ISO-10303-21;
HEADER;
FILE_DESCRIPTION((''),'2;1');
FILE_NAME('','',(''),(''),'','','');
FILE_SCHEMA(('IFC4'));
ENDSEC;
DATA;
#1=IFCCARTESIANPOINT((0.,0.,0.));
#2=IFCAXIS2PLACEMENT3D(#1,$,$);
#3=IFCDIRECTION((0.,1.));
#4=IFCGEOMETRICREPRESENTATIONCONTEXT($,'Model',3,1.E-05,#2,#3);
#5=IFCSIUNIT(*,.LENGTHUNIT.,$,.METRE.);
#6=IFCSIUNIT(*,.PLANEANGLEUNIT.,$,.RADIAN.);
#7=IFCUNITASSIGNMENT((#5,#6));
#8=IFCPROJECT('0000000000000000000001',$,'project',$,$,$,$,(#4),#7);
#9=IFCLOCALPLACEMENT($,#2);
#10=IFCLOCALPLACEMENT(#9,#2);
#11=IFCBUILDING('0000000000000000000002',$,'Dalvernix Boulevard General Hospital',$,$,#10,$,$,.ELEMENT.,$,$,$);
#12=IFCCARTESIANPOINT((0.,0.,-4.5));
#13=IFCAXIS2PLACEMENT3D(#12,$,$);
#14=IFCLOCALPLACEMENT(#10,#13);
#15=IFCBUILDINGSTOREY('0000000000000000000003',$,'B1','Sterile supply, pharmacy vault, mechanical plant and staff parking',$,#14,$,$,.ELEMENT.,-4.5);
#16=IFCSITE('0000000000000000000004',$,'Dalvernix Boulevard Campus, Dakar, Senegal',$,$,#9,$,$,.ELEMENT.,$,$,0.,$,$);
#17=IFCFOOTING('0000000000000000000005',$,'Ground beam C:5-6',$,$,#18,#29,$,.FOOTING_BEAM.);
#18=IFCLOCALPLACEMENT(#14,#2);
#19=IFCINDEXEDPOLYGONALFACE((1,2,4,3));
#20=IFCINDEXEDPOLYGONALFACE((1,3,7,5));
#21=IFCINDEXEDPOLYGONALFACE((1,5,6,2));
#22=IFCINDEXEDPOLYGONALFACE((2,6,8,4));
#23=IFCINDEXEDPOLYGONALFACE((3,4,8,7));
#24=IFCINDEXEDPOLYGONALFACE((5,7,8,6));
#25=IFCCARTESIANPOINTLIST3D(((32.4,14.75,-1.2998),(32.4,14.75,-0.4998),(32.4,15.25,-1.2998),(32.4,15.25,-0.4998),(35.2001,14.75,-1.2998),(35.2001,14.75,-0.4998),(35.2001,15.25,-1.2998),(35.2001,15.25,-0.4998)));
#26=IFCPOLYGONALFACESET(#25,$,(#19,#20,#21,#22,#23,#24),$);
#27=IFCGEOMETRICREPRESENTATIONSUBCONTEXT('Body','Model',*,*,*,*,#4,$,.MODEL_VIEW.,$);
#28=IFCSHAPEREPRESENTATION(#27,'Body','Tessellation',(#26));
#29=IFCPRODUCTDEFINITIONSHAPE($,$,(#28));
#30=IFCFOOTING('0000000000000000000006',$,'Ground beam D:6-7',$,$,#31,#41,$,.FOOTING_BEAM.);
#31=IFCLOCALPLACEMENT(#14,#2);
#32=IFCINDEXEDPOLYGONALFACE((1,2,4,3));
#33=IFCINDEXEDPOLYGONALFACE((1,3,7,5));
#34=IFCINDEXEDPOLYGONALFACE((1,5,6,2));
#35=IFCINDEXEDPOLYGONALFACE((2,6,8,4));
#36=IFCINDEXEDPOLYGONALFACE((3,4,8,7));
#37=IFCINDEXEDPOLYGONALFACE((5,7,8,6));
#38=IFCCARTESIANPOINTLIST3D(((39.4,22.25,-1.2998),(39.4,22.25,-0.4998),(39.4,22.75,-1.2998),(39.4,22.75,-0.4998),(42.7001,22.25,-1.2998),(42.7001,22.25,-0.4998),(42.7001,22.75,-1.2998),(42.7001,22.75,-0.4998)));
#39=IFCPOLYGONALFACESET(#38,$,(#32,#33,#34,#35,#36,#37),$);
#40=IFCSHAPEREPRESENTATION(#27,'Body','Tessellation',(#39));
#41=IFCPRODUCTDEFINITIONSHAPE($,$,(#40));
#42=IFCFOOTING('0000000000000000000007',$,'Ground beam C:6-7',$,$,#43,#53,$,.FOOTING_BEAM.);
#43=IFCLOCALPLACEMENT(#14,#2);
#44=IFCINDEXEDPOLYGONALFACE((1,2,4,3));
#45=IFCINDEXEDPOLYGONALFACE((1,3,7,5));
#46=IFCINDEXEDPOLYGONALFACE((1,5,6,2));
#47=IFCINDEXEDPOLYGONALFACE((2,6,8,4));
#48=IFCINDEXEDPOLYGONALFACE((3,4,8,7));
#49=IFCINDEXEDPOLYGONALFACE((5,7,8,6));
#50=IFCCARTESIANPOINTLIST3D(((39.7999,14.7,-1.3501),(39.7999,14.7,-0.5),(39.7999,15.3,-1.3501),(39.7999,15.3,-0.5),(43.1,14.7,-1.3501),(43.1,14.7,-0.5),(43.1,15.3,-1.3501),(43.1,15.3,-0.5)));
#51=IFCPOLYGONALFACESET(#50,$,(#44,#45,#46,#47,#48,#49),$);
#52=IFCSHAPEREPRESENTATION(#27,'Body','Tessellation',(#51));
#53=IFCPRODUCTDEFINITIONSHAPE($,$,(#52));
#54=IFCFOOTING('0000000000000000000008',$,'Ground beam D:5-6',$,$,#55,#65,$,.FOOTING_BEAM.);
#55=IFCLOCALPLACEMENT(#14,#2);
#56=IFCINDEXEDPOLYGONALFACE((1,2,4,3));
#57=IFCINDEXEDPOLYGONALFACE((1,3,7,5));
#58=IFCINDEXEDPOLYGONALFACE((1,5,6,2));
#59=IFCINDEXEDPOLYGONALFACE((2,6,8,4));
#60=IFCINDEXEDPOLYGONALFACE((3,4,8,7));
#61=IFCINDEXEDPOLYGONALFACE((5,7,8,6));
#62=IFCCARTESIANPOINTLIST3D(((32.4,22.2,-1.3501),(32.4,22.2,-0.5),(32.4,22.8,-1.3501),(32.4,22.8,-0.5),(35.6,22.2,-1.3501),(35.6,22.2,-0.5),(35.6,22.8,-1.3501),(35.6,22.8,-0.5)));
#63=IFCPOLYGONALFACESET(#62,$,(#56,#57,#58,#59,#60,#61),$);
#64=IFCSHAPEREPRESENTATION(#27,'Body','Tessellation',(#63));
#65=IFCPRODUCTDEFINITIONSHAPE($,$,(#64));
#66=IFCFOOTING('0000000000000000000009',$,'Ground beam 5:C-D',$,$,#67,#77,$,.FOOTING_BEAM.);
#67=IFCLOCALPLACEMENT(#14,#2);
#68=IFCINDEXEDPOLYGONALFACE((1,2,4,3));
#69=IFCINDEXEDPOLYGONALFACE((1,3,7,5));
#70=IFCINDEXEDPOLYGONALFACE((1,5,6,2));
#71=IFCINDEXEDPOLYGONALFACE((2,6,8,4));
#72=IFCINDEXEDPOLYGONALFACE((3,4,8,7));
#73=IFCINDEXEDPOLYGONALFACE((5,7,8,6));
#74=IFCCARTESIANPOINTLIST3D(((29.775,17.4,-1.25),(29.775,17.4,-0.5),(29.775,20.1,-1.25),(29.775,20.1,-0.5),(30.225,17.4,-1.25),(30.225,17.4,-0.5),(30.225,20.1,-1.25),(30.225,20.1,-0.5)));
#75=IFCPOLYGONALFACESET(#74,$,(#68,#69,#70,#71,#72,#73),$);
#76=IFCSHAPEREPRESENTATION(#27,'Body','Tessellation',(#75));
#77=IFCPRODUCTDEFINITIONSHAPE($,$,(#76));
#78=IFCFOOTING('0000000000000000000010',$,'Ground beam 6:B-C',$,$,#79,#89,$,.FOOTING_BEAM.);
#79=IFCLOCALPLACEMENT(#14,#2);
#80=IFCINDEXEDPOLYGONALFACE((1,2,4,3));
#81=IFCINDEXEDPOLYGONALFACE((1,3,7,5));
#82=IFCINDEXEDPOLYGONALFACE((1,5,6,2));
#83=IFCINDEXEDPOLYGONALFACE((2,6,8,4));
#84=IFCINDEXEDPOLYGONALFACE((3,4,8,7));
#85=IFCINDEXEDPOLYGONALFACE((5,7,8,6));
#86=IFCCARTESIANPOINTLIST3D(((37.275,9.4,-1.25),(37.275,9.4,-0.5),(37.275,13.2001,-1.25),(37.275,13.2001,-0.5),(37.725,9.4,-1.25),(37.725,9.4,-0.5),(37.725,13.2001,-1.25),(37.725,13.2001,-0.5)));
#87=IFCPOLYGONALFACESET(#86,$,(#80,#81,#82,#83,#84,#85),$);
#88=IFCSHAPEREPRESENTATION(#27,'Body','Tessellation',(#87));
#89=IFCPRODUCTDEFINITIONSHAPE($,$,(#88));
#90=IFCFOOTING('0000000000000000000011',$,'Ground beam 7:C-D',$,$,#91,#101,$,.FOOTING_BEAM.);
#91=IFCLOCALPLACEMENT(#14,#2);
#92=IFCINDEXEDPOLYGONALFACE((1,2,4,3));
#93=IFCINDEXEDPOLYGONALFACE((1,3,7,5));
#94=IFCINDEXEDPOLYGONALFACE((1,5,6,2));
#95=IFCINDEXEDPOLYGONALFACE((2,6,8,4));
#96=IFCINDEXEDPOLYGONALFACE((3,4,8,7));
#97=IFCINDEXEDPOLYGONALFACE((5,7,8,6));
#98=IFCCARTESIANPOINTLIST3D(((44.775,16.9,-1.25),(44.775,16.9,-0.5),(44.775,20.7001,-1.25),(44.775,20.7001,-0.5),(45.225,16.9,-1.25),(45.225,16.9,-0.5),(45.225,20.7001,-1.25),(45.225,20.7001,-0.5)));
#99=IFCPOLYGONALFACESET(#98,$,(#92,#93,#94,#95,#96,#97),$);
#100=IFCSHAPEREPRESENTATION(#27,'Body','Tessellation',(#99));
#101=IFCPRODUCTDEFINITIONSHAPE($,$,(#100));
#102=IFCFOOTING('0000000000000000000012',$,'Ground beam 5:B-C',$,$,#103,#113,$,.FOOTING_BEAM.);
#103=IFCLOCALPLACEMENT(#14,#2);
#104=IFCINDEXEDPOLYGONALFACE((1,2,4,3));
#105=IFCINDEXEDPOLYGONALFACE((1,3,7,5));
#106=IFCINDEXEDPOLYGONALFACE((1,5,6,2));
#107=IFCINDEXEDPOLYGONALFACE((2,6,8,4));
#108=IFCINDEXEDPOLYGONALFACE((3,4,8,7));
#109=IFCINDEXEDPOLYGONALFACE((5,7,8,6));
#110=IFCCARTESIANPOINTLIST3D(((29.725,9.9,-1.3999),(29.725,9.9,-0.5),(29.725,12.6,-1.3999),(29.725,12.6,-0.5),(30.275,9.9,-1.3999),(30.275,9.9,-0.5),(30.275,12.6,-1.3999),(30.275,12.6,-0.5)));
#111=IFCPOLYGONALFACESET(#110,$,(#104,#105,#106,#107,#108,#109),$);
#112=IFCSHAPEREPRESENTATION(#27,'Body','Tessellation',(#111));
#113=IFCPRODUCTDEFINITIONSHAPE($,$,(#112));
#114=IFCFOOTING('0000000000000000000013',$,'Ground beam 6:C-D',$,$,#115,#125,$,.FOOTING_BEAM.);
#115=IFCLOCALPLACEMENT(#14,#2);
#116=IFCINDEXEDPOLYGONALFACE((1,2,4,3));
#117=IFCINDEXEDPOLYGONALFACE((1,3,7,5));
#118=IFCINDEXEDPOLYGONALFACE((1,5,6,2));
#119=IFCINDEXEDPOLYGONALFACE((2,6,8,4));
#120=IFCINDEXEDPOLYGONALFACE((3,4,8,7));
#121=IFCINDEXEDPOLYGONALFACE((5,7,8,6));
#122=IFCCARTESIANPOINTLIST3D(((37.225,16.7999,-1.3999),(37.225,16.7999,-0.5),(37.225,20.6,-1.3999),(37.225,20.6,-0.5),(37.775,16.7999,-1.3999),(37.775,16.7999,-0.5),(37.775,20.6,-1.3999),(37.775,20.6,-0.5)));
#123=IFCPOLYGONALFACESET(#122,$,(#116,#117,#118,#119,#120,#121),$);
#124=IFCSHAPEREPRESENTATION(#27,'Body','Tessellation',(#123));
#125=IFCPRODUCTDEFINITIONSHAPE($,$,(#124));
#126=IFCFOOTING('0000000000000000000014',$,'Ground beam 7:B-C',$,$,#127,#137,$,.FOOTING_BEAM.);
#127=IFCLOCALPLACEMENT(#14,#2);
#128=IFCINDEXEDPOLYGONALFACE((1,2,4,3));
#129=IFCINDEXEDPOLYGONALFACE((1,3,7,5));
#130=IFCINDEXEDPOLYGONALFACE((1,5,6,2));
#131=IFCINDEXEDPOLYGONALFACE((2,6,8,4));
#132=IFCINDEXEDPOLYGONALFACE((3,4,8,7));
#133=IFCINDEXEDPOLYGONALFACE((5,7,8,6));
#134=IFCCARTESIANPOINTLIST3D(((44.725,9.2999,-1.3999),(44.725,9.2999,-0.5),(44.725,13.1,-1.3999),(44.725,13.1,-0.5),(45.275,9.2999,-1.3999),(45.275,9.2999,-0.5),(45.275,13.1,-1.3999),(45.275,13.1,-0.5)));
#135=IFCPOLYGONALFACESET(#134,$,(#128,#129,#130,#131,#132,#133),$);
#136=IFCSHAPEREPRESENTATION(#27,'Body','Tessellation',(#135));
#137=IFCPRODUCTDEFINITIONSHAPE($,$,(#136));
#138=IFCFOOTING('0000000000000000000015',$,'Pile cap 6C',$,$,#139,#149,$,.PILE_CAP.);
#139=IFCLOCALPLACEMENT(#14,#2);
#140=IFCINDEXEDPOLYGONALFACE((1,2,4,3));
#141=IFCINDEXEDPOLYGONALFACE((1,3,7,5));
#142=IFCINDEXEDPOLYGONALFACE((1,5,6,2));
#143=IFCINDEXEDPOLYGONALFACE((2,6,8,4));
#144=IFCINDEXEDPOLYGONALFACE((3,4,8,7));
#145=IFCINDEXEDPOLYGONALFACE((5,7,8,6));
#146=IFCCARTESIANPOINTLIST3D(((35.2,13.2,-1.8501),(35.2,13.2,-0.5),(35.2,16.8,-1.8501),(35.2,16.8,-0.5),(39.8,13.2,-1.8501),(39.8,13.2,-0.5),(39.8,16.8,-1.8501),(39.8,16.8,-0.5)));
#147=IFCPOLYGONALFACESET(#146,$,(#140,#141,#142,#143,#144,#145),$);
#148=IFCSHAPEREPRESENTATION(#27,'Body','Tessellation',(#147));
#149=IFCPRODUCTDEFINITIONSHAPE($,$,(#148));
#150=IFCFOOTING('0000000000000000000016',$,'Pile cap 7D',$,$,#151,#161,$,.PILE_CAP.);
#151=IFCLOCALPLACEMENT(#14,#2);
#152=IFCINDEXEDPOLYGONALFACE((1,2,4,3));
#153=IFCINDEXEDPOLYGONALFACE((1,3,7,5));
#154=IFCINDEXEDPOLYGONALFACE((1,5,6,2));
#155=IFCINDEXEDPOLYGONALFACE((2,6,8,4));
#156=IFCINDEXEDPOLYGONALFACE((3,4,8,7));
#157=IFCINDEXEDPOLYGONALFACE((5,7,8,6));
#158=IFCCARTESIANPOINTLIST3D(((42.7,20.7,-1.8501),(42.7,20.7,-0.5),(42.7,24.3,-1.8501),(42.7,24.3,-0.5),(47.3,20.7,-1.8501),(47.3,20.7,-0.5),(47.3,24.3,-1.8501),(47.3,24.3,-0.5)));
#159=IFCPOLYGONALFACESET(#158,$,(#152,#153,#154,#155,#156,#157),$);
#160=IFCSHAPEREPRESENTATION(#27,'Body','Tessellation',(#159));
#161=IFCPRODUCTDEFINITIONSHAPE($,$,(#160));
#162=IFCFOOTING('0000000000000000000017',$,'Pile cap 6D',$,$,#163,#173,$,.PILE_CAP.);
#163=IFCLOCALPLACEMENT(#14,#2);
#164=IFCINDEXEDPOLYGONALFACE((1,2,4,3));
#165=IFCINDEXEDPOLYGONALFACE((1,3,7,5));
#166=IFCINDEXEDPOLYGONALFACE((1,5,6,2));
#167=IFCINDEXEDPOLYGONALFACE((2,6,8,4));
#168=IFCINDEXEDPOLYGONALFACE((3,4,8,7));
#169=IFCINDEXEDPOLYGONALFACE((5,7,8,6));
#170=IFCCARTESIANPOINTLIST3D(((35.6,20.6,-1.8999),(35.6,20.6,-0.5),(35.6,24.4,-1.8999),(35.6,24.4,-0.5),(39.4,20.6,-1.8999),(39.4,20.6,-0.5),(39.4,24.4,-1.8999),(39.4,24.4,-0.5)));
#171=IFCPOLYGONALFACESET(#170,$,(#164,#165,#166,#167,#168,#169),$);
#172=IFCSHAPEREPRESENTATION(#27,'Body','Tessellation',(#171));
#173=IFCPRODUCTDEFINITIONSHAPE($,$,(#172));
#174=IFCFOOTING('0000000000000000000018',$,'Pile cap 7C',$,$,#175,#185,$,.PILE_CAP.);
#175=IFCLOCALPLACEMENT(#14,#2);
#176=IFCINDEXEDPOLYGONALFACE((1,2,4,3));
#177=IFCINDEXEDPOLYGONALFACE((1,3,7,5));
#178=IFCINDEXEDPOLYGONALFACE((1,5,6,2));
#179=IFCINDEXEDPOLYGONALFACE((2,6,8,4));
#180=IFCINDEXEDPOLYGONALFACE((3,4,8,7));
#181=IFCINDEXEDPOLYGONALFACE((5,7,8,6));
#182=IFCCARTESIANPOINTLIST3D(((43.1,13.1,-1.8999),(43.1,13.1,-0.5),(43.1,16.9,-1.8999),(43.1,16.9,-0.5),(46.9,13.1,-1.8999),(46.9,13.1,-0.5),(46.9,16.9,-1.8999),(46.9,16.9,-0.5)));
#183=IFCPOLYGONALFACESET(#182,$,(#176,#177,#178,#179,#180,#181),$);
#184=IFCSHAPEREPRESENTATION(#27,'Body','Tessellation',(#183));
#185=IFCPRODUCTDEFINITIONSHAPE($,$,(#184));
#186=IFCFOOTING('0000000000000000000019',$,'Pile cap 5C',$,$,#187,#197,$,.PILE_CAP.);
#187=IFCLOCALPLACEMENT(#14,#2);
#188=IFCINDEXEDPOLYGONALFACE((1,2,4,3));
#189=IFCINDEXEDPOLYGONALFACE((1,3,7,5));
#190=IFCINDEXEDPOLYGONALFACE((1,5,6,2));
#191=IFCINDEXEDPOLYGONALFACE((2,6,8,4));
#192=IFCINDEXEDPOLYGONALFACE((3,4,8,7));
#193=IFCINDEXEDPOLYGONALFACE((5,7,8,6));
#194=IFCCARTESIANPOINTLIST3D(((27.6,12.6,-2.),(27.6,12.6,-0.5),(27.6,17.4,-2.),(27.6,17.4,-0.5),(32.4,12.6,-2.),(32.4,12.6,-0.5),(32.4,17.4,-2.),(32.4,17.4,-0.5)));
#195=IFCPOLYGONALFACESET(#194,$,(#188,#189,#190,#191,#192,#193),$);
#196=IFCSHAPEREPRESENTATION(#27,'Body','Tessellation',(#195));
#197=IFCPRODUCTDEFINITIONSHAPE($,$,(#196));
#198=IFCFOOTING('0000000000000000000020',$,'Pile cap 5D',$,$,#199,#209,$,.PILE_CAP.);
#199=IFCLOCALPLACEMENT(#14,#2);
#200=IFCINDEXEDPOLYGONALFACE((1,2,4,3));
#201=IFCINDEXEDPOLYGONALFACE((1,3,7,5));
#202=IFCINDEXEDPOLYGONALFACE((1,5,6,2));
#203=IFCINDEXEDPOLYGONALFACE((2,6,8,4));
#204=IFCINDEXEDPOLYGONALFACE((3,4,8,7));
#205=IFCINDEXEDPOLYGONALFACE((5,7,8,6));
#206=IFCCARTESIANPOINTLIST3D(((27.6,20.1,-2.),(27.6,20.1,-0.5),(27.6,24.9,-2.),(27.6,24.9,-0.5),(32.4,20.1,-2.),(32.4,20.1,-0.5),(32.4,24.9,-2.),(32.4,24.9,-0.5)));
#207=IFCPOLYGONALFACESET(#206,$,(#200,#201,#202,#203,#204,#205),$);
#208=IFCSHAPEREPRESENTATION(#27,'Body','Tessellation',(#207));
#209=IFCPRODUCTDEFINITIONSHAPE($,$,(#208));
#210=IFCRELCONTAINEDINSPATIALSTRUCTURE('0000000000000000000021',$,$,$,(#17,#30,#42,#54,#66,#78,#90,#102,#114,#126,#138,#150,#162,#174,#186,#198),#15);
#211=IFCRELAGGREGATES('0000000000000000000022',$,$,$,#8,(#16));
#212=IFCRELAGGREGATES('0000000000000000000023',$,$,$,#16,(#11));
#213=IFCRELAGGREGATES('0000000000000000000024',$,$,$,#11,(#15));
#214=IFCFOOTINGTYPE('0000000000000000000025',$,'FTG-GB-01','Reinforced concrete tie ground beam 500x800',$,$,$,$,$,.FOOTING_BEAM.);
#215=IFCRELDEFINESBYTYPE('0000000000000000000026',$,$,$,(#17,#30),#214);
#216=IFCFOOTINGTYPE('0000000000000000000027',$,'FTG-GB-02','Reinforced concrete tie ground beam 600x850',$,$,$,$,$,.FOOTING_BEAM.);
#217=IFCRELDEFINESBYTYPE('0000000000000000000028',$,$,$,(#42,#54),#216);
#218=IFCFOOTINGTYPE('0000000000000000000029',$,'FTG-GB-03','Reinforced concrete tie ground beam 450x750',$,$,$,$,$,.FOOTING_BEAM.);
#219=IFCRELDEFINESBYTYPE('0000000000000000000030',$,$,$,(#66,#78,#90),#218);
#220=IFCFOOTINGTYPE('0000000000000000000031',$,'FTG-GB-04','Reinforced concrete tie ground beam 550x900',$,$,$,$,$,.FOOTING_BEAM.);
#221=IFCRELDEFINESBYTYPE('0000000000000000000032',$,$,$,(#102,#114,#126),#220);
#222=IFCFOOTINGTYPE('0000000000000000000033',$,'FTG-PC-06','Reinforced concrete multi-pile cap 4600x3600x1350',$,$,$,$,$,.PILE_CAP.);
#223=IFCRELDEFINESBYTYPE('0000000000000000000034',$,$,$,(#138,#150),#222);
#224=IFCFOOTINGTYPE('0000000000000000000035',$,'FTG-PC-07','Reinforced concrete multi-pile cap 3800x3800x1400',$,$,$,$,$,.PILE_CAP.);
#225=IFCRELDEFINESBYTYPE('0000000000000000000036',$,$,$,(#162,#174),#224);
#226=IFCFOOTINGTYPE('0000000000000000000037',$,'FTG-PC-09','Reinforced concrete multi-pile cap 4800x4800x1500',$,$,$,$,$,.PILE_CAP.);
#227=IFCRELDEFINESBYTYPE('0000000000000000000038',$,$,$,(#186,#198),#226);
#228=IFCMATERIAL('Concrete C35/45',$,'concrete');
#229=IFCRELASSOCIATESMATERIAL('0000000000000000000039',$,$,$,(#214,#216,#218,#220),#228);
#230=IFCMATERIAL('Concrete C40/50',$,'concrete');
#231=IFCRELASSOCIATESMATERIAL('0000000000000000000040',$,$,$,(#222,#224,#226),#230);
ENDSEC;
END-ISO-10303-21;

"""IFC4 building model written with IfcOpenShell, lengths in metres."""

from ifc_helpers import new_model, si_unit, direction, frame, origin, origin_2d, place, context, subcontext, project, spatial, rectangle, extrude, material, type_object, element, save


model = new_model("IFC4")

# Units and contexts
model_context = context("Model", 3, precision=1e-05, world=origin(), true_north=direction((0.0, 1.0)))
body_context = subcontext(model_context, "Body", "Model", "MODEL_VIEW")
ifc_project = project(units=[si_unit("LENGTHUNIT", "METRE"), si_unit("PLANEANGLEUNIT", "RADIAN")], contexts=[model_context])

# Site, building, storey
site_placement = place(None, origin())
site = spatial("IfcSite", under=ifc_project, at=site_placement, Name="Dalvernix Boulevard Campus, Dakar, Senegal", CompositionType="ELEMENT", RefElevation=0.0)
building_placement = place(site_placement, origin())
building = spatial("IfcBuilding", under=site, at=building_placement, Name="Dalvernix Boulevard General Hospital", CompositionType="ELEMENT")
storey_placement = place(building_placement, frame((0.0, 0.0, -4.5)))
storey = spatial("IfcBuildingStorey", under=building, at=storey_placement, Name="B1", Description="Sterile supply, pharmacy vault, mechanical plant and staff parking", CompositionType="ELEMENT", Elevation=-4.5)

# Footings
ifc_material_1 = material(Name="Concrete C35/45", Category="concrete")
footing_type_1 = type_object("IfcFootingType", Name="FTG-GB-01", Description="Reinforced concrete tie ground beam 500x800", PredefinedType="FOOTING_BEAM", material=ifc_material_1)
footing_1_placement = place(storey_placement, frame((33.8, 15.0, -1.2998), z_axis=(0.0, 0.0, 1.0), x_axis=(1.0, 0.0, 0.0)))
element("IfcFooting", 1, at=footing_1_placement, inside=storey, type_object=footing_type_1, Name="Ground beam C:5-6", PredefinedType="FOOTING_BEAM", context=body_context, shape_type="SweptSolid", body=[
    extrude(rectangle(XDim=2.8, YDim=0.5, at=origin_2d()), origin(), (0.0, 0.0, 1.0), 0.8),
])
footing_2_placement = place(storey_placement, frame((41.05, 22.5, -1.2998), z_axis=(0.0, 0.0, 1.0), x_axis=(1.0, 0.0, 0.0)))
element("IfcFooting", 2, at=footing_2_placement, inside=storey, type_object=footing_type_1, Name="Ground beam D:6-7", PredefinedType="FOOTING_BEAM", context=body_context, shape_type="SweptSolid", body=[
    extrude(rectangle(XDim=3.3, YDim=0.5, at=origin_2d()), origin(), (0.0, 0.0, 1.0), 0.8),
])
footing_type_2 = type_object("IfcFootingType", Name="FTG-GB-02", Description="Reinforced concrete tie ground beam 600x850", PredefinedType="FOOTING_BEAM", material=ifc_material_1)
footing_3_placement = place(storey_placement, frame((41.45, 15.0, -1.3501), z_axis=(0.0, 0.0, 1.0), x_axis=(1.0, 0.0, 0.0)))
element("IfcFooting", 3, at=footing_3_placement, inside=storey, type_object=footing_type_2, Name="Ground beam C:6-7", PredefinedType="FOOTING_BEAM", context=body_context, shape_type="SweptSolid", body=[
    extrude(rectangle(XDim=3.3, YDim=0.6001, at=origin_2d()), origin(), (0.0, 0.0, 1.0), 0.8501),
])
footing_4_placement = place(storey_placement, frame((34.0, 22.5, -1.3501), z_axis=(0.0, 0.0, 1.0), x_axis=(1.0, 0.0, 0.0)))
element("IfcFooting", 4, at=footing_4_placement, inside=storey, type_object=footing_type_2, Name="Ground beam D:5-6", PredefinedType="FOOTING_BEAM", context=body_context, shape_type="SweptSolid", body=[
    extrude(rectangle(XDim=3.2, YDim=0.6001, at=origin_2d()), origin(), (0.0, 0.0, 1.0), 0.8501),
])
footing_type_3 = type_object("IfcFootingType", Name="FTG-GB-03", Description="Reinforced concrete tie ground beam 450x750", PredefinedType="FOOTING_BEAM", material=ifc_material_1)
footing_5_placement = place(storey_placement, frame((30.0, 18.75, -1.25), z_axis=(0.0, 0.0, 1.0), x_axis=(0.0, 1.0, 0.0)))
element("IfcFooting", 5, at=footing_5_placement, inside=storey, type_object=footing_type_3, Name="Ground beam 5:C-D", PredefinedType="FOOTING_BEAM", context=body_context, shape_type="SweptSolid", body=[
    extrude(rectangle(XDim=2.7, YDim=0.45, at=origin_2d()), origin(), (0.0, 0.0, 1.0), 0.75),
])
for number, where, z_axis, x_axis, name in (
    (6, (37.5, 11.3, -1.25), (0.0, 0.0, 1.0), (0.0, 1.0, 0.0), "Ground beam 6:B-C"),
    (7, (45.0, 18.8, -1.25), (0.0, 0.0, 1.0), (0.0, 1.0, 0.0), "Ground beam 7:C-D"),
):
    element("IfcFooting", number, at=place(storey_placement, frame(where, z_axis=z_axis, x_axis=x_axis)), inside=storey, type_object=footing_type_3, Name=name, PredefinedType="FOOTING_BEAM", context=body_context, shape_type="SweptSolid", body=[
        extrude(rectangle(XDim=3.8, YDim=0.45, at=origin_2d()), origin(), (0.0, 0.0, 1.0), 0.75),
    ])
footing_type_4 = type_object("IfcFootingType", Name="FTG-GB-04", Description="Reinforced concrete tie ground beam 550x900", PredefinedType="FOOTING_BEAM", material=ifc_material_1)
footing_6_placement = place(storey_placement, frame((30.0, 11.25, -1.3999), z_axis=(0.0, 0.0, 1.0), x_axis=(0.0, 1.0, 0.0)))
element("IfcFooting", 8, at=footing_6_placement, inside=storey, type_object=footing_type_4, Name="Ground beam 5:B-C", PredefinedType="FOOTING_BEAM", context=body_context, shape_type="SweptSolid", body=[
    extrude(rectangle(XDim=2.7, YDim=0.55, at=origin_2d()), origin(), (0.0, 0.0, 1.0), 0.8999),
])
for number, where, z_axis, x_axis, name in (
    (9, (37.5, 18.7, -1.3999), (0.0, 0.0, 1.0), (0.0, 1.0, 0.0), "Ground beam 6:C-D"),
    (10, (45.0, 11.2, -1.3999), (0.0, 0.0, 1.0), (0.0, 1.0, 0.0), "Ground beam 7:B-C"),
):
    element("IfcFooting", number, at=place(storey_placement, frame(where, z_axis=z_axis, x_axis=x_axis)), inside=storey, type_object=footing_type_4, Name=name, PredefinedType="FOOTING_BEAM", context=body_context, shape_type="SweptSolid", body=[
        extrude(rectangle(XDim=3.8, YDim=0.55, at=origin_2d()), origin(), (0.0, 0.0, 1.0), 0.8999),
    ])
ifc_material_2 = material(Name="Concrete C40/50", Category="concrete")
footing_type_5 = type_object("IfcFootingType", Name="FTG-PC-06", Description="Reinforced concrete multi-pile cap 4600x3600x1350", PredefinedType="PILE_CAP", material=ifc_material_2)
for number, where, z_axis, x_axis, name in (
    (11, (37.5, 15.0, -1.8501), (0.0, 0.0, 1.0), (1.0, 0.0, 0.0), "Pile cap 6C"),
    (12, (45.0, 22.5, -1.8501), (0.0, 0.0, 1.0), (1.0, 0.0, 0.0), "Pile cap 7D"),
):
    element("IfcFooting", number, at=place(storey_placement, frame(where, z_axis=z_axis, x_axis=x_axis)), inside=storey, type_object=footing_type_5, Name=name, PredefinedType="PILE_CAP", context=body_context, shape_type="SweptSolid", body=[
        extrude(rectangle(XDim=4.6001, YDim=3.6001, at=origin_2d()), origin(), (0.0, 0.0, 1.0), 1.3501),
    ])
footing_type_6 = type_object("IfcFootingType", Name="FTG-PC-07", Description="Reinforced concrete multi-pile cap 3800x3800x1400", PredefinedType="PILE_CAP", material=ifc_material_2)
for number, where, z_axis, x_axis, name in (
    (13, (37.5, 22.5, -1.8999), (0.0, 0.0, 1.0), (1.0, 0.0, 0.0), "Pile cap 6D"),
    (14, (45.0, 15.0, -1.8999), (0.0, 0.0, 1.0), (1.0, 0.0, 0.0), "Pile cap 7C"),
):
    element("IfcFooting", number, at=place(storey_placement, frame(where, z_axis=z_axis, x_axis=x_axis)), inside=storey, type_object=footing_type_6, Name=name, PredefinedType="PILE_CAP", context=body_context, shape_type="SweptSolid", body=[
        extrude(rectangle(XDim=3.8, YDim=3.8, at=origin_2d()), origin(), (0.0, 0.0, 1.0), 1.3999),
    ])
footing_type_7 = type_object("IfcFootingType", Name="FTG-PC-09", Description="Reinforced concrete multi-pile cap 4800x4800x1500", PredefinedType="PILE_CAP", material=ifc_material_2)
for number, where, z_axis, x_axis, name in (
    (15, (30.0, 15.0, -2.0), (0.0, 0.0, 1.0), (1.0, 0.0, 0.0), "Pile cap 5C"),
    (16, (30.0, 22.5, -2.0), (0.0, 0.0, 1.0), (1.0, 0.0, 0.0), "Pile cap 5D"),
):
    element("IfcFooting", number, at=place(storey_placement, frame(where, z_axis=z_axis, x_axis=x_axis)), inside=storey, type_object=footing_type_7, Name=name, PredefinedType="PILE_CAP", context=body_context, shape_type="SweptSolid", body=[
        extrude(rectangle(XDim=4.8, YDim=4.8, at=origin_2d()), origin(), (0.0, 0.0, 1.0), 1.5),
    ])

save(model, "model.ifc")
